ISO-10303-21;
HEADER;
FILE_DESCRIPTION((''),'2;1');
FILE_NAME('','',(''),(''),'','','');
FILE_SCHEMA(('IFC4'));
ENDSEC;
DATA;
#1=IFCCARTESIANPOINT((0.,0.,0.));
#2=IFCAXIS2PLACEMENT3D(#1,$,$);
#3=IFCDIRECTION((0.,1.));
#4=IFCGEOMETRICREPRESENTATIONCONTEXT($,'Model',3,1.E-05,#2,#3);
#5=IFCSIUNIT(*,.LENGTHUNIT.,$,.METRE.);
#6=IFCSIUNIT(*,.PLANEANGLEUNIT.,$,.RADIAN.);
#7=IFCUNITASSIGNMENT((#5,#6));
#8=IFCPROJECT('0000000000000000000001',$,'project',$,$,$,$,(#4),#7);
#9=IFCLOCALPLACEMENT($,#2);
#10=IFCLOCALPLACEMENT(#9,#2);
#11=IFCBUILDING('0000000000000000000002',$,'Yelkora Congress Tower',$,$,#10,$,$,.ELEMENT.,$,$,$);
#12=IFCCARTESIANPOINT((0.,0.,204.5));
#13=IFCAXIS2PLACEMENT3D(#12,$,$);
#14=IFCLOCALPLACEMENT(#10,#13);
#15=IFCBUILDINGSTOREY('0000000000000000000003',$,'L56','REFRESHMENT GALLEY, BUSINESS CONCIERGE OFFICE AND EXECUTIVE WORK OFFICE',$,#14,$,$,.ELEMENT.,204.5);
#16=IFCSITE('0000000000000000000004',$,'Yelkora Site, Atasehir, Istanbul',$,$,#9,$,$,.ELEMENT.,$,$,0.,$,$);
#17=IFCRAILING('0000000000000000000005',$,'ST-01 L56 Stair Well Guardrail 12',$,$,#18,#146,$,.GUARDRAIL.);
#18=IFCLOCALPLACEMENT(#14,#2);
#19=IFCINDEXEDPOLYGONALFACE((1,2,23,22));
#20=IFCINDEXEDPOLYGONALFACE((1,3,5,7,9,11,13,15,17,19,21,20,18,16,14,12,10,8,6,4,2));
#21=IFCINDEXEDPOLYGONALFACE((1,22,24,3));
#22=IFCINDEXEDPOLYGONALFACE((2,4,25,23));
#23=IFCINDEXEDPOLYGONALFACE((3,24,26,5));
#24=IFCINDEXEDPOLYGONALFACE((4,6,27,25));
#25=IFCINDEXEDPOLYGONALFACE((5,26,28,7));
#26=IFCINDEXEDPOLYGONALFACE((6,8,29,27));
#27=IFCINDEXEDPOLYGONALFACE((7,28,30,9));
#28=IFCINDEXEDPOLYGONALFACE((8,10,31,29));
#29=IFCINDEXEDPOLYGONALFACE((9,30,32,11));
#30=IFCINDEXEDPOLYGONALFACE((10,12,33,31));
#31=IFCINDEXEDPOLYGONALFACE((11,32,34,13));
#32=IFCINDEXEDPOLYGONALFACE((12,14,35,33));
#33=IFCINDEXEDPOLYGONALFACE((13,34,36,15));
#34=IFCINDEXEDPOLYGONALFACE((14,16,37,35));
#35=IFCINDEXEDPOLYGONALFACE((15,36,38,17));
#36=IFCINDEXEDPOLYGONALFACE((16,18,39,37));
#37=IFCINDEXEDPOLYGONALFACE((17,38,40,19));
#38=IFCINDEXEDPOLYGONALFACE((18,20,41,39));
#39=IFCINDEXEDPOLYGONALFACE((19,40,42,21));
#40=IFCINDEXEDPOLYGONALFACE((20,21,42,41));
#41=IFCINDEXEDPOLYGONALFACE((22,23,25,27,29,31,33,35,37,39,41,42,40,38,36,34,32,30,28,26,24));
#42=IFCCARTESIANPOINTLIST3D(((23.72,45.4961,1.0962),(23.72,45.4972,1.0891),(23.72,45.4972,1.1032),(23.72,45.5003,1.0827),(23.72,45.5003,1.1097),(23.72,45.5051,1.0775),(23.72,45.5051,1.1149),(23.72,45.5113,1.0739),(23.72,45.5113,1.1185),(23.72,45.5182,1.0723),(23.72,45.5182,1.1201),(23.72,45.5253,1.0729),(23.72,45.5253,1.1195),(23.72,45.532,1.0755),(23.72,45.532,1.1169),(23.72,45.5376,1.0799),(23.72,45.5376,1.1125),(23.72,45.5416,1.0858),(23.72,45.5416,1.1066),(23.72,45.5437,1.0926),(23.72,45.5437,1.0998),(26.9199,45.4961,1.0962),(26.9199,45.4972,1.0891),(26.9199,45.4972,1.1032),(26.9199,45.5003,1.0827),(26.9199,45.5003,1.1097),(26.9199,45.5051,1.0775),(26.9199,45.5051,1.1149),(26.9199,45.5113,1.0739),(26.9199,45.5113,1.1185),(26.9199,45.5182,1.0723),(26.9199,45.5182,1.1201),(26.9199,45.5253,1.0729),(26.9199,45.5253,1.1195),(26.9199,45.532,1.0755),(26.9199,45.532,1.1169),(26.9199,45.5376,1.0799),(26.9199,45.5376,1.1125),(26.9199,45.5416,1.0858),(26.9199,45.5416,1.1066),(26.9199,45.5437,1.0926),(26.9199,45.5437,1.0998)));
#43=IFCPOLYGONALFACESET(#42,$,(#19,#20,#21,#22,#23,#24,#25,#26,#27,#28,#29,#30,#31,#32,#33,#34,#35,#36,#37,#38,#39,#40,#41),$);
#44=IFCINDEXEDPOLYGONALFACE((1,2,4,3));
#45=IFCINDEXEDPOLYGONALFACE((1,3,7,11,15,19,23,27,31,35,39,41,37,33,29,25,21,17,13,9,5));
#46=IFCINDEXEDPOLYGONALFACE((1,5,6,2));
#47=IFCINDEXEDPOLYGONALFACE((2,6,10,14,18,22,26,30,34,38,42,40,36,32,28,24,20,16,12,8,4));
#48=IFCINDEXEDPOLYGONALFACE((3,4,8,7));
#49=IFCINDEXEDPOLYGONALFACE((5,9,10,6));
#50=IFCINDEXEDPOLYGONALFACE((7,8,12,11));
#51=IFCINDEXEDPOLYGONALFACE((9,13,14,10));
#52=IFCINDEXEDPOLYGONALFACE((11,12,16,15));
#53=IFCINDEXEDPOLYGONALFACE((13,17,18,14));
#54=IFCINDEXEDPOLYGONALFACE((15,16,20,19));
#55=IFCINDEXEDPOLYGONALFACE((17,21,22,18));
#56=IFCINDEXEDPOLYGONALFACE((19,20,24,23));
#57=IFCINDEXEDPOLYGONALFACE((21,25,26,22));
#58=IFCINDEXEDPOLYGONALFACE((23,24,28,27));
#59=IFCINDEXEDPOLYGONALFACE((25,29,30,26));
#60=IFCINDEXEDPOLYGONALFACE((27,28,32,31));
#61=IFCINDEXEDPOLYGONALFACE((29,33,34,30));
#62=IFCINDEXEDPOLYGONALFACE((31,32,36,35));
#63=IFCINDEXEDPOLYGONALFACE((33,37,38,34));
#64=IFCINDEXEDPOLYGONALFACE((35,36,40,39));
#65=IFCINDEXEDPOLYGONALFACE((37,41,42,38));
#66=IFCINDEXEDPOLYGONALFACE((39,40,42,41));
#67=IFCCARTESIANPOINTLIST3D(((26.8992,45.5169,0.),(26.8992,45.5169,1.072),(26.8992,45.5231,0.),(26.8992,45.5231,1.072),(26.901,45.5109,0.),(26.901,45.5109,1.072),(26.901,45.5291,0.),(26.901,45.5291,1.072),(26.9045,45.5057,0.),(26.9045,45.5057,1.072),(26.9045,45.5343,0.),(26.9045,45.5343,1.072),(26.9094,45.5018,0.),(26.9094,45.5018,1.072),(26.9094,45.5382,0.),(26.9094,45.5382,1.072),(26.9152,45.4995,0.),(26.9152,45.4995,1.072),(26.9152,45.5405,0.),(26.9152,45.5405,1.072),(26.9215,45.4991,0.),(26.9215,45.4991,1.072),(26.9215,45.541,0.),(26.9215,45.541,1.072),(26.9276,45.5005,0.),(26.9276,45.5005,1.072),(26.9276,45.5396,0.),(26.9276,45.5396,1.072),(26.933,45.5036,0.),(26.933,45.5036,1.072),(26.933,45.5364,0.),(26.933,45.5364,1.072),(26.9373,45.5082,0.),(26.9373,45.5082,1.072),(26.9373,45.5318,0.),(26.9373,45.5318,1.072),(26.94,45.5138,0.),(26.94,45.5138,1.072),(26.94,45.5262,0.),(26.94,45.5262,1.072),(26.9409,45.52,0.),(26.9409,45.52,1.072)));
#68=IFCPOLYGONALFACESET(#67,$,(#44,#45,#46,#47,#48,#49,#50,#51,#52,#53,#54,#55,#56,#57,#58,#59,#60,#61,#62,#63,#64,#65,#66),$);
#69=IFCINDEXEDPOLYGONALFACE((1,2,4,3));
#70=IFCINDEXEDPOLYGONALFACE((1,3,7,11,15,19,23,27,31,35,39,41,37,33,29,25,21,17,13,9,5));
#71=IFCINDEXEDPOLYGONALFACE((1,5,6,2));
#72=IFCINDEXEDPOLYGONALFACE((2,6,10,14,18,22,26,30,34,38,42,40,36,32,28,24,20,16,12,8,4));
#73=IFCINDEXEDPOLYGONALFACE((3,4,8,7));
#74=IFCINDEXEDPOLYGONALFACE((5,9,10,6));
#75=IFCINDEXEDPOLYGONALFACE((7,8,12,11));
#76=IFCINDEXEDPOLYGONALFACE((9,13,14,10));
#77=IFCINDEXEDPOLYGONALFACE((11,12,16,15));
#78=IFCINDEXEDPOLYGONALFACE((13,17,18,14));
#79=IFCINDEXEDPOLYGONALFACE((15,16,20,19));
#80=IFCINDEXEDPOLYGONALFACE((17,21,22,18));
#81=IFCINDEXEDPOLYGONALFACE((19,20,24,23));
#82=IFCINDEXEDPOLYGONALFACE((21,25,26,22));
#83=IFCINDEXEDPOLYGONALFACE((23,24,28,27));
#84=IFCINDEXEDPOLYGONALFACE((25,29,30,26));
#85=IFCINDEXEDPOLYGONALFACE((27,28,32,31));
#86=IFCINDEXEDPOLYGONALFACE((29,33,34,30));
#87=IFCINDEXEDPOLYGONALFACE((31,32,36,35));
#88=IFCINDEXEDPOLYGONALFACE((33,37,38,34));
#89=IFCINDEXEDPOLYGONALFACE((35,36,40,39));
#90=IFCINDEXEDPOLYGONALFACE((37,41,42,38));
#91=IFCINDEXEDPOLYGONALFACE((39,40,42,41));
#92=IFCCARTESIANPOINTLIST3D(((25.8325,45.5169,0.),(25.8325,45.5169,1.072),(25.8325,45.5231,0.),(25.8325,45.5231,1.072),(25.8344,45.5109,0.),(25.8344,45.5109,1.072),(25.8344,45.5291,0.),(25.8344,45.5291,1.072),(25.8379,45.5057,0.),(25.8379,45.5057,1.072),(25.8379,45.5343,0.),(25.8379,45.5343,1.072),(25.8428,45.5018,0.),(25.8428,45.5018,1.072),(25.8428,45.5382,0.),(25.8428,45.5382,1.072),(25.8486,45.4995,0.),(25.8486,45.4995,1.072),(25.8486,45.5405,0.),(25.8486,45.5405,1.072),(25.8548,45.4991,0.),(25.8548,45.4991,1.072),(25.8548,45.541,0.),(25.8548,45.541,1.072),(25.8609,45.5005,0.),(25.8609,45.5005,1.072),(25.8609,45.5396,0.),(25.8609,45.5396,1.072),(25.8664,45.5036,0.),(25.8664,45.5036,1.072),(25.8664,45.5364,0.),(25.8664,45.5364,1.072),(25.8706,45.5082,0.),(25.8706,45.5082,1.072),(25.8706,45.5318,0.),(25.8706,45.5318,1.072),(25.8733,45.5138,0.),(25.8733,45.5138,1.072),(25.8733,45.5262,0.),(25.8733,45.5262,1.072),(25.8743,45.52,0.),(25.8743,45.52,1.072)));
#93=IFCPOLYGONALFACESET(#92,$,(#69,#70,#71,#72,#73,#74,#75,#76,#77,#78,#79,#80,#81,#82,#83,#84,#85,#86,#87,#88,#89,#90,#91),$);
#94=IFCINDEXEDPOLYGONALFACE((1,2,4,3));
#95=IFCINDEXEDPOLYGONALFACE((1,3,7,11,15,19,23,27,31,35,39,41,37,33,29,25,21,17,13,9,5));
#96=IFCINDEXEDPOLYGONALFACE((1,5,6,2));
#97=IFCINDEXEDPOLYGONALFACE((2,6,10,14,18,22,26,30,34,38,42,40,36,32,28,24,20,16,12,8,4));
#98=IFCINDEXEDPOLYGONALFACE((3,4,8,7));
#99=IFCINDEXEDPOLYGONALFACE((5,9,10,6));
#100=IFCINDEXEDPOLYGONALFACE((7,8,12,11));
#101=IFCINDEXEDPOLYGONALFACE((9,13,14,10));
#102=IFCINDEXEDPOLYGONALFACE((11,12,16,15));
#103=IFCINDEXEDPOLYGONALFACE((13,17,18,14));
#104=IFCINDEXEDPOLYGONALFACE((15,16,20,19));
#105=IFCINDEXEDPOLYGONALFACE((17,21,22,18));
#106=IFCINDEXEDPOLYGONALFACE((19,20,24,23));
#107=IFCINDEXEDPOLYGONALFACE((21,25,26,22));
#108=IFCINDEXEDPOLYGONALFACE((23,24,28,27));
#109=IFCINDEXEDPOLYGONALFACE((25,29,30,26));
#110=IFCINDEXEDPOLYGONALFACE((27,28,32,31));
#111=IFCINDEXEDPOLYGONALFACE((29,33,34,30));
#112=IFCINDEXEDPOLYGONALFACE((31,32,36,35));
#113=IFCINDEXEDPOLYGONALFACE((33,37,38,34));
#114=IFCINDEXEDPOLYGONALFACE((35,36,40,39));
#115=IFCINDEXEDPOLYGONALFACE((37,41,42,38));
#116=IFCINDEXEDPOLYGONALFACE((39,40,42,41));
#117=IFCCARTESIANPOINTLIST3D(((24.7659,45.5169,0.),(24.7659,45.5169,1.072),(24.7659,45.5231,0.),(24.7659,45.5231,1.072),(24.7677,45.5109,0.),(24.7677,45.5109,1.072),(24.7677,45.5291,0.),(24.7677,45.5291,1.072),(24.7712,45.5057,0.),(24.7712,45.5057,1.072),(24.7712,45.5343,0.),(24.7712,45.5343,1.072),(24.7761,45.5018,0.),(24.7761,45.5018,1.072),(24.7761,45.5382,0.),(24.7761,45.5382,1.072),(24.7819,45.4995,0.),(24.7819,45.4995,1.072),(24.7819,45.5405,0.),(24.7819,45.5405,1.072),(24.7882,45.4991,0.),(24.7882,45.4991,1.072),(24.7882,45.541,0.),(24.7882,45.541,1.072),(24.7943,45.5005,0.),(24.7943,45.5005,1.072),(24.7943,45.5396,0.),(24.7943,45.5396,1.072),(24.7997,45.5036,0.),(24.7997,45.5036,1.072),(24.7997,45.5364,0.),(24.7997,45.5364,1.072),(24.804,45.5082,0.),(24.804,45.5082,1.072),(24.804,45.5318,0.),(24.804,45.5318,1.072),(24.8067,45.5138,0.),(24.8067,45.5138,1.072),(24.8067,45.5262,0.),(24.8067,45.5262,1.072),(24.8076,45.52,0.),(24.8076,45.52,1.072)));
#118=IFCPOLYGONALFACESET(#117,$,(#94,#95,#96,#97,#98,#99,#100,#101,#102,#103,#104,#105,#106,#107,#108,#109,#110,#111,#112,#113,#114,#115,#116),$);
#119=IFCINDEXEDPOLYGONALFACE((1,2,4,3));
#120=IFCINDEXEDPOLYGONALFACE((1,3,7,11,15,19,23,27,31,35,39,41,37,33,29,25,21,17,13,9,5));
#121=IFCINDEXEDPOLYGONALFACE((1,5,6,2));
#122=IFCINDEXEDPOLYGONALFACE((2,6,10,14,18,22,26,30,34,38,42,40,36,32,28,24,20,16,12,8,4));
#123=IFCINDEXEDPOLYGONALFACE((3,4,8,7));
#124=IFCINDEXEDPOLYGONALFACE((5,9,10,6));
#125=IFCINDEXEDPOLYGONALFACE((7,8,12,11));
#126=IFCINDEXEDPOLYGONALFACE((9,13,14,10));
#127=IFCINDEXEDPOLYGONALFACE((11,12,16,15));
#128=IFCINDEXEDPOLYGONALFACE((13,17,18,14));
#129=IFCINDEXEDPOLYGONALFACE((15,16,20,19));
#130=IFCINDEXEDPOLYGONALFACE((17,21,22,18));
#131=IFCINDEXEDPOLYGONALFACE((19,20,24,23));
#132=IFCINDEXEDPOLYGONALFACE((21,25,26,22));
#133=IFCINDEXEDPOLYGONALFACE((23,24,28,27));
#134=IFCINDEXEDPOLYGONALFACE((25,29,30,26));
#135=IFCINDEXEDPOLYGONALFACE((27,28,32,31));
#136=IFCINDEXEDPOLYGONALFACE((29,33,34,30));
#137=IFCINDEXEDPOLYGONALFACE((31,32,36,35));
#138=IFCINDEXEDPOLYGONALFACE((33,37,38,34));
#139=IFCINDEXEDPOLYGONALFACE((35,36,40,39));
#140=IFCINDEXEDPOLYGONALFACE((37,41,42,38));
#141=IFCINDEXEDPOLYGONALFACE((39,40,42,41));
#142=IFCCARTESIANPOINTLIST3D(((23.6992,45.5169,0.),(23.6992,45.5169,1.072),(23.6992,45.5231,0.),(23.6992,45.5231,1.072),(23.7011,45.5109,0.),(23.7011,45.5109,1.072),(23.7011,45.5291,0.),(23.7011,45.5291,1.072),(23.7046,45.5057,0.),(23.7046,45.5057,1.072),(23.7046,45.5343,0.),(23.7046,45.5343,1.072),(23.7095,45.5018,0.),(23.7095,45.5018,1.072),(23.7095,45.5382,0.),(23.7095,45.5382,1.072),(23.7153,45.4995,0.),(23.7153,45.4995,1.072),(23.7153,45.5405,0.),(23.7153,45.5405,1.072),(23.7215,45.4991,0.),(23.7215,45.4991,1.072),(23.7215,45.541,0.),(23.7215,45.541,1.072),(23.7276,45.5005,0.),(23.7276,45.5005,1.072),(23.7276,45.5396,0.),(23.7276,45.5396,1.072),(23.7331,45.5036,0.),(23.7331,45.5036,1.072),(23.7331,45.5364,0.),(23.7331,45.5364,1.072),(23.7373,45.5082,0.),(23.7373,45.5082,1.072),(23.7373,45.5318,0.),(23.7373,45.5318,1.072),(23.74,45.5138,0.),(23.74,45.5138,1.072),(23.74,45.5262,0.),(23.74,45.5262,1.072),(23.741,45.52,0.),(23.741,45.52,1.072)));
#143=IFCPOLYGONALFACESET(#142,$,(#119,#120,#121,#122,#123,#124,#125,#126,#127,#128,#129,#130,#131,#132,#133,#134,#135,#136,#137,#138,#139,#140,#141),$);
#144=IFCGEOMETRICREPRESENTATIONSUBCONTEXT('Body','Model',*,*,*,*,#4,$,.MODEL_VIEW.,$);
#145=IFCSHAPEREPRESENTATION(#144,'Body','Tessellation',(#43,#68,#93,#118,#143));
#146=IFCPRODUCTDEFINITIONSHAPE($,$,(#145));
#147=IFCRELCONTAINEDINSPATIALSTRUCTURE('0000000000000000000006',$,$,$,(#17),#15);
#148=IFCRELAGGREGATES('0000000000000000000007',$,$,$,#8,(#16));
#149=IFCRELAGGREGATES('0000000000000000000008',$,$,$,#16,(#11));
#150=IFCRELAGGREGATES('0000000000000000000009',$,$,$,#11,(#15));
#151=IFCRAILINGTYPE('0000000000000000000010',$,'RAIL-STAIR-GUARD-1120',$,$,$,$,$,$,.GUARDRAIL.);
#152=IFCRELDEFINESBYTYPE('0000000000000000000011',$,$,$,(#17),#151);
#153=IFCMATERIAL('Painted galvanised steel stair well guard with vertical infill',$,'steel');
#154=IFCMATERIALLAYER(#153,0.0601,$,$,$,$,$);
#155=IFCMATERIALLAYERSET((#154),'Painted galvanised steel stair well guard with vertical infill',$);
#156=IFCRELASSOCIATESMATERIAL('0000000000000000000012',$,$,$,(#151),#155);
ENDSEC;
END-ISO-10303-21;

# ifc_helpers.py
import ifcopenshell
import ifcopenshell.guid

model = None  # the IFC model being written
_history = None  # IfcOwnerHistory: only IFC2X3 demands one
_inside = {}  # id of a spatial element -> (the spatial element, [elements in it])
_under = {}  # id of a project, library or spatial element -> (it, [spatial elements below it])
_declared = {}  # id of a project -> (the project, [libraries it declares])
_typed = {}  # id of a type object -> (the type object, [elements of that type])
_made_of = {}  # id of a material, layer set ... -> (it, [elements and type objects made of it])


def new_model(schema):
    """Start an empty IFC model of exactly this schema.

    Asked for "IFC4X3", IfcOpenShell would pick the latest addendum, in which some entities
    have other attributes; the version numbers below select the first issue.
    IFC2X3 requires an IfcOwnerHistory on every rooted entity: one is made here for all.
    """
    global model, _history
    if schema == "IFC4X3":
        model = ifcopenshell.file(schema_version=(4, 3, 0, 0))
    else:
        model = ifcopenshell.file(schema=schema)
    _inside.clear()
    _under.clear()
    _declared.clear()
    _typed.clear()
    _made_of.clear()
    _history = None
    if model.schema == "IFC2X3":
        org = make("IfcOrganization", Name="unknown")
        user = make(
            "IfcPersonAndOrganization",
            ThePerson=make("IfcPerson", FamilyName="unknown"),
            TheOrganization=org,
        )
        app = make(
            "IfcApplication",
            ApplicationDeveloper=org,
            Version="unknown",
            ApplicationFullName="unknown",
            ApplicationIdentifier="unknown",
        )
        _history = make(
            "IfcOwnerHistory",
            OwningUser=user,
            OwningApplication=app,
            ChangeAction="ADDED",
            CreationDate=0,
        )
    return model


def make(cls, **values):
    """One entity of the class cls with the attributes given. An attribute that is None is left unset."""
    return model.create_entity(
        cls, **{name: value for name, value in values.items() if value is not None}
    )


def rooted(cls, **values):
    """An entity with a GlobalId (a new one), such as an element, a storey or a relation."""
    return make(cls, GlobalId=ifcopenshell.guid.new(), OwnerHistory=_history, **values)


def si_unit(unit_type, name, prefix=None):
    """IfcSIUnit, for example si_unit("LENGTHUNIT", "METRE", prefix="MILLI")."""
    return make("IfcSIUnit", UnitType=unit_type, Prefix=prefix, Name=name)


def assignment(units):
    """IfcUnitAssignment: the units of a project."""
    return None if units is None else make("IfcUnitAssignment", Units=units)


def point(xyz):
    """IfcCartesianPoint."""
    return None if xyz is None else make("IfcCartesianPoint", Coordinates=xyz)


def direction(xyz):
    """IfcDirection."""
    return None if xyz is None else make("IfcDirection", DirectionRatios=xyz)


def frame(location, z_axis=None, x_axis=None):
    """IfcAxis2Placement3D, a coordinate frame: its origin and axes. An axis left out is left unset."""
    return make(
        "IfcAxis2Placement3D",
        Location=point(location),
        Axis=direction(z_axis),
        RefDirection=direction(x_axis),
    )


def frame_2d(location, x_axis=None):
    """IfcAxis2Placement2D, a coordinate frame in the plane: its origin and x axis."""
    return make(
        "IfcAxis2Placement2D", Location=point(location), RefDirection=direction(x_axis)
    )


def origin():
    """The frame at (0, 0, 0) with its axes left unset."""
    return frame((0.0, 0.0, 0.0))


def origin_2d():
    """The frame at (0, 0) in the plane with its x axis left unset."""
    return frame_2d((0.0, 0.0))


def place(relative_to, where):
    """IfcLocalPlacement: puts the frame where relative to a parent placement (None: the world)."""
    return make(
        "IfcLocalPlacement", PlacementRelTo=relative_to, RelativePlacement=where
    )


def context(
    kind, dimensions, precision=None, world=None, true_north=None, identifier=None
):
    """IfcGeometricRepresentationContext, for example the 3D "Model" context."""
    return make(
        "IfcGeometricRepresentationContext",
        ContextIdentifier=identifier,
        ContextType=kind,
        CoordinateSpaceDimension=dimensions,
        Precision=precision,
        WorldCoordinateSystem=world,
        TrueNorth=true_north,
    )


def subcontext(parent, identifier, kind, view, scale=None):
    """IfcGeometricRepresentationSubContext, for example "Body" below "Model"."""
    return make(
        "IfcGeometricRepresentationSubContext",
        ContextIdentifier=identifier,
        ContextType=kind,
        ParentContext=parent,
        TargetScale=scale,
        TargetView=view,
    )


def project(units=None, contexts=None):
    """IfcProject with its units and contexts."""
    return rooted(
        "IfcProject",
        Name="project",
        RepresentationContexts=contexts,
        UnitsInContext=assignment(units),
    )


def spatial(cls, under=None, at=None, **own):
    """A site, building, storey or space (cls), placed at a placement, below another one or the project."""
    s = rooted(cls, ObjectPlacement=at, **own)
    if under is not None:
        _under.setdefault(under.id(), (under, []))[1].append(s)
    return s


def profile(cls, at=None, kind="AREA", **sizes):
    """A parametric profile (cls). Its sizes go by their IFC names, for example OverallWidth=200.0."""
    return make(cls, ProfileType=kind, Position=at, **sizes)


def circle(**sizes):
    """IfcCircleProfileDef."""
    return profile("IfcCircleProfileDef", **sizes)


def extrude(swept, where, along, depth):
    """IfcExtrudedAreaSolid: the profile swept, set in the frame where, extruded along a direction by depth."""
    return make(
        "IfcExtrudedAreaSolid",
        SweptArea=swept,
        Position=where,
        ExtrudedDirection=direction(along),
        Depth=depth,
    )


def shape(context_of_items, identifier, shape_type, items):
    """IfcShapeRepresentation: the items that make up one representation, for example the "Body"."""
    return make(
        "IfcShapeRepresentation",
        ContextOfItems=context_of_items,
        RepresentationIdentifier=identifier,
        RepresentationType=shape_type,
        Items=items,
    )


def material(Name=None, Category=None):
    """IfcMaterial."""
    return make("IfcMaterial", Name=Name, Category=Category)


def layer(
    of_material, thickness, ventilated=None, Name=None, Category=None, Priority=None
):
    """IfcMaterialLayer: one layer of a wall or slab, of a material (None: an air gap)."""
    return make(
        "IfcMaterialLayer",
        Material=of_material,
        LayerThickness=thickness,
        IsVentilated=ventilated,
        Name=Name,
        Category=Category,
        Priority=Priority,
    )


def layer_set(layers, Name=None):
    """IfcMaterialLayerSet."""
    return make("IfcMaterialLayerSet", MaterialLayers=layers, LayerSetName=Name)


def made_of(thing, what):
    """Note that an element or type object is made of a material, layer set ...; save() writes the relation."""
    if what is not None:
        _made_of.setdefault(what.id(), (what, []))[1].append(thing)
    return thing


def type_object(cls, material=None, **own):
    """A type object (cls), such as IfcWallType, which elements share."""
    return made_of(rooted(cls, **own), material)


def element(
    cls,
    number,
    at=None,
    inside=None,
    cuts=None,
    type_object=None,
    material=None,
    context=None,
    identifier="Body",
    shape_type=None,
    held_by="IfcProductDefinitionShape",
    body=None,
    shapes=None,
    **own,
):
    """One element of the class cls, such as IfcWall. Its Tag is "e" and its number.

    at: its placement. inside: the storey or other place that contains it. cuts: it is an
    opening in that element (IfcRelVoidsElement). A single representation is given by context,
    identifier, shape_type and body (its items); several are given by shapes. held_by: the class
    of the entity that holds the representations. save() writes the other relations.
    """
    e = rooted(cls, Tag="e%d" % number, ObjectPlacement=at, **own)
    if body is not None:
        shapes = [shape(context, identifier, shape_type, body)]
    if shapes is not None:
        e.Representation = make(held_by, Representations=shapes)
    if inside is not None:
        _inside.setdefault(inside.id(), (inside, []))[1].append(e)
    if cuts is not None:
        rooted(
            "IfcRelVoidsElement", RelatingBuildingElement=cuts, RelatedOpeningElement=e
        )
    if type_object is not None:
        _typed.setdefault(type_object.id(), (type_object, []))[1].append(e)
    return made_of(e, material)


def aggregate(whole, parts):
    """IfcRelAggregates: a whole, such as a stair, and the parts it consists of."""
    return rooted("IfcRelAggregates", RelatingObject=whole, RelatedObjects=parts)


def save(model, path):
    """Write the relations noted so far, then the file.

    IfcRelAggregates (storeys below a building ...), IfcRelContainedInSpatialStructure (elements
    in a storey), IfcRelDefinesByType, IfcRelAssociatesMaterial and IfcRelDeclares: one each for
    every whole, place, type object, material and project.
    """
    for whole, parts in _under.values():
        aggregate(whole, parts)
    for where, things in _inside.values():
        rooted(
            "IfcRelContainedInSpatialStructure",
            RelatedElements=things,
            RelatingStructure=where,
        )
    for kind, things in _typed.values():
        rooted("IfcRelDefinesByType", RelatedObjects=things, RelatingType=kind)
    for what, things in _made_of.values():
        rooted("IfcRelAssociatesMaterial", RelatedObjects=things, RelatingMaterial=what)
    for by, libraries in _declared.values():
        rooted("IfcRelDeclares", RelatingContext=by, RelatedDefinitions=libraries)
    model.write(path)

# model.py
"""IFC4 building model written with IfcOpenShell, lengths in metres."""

from ifc_helpers import new_model, si_unit, direction, frame, origin, origin_2d, place, context, subcontext, project, spatial, circle, extrude, material, layer, layer_set, type_object, element, save


model = new_model("IFC4")

# Units and contexts
model_context = context("Model", 3, precision=1e-05, world=origin(), true_north=direction((0.0, 1.0)))
body_context = subcontext(model_context, "Body", "Model", "MODEL_VIEW")
ifc_project = project(units=[si_unit("LENGTHUNIT", "METRE"), si_unit("PLANEANGLEUNIT", "RADIAN")], contexts=[model_context])

# Site, building, storey
site_placement = place(None, origin())
site = spatial("IfcSite", under=ifc_project, at=site_placement, Name="Yelkora Site, Atasehir, Istanbul", CompositionType="ELEMENT", RefElevation=0.0)
building_placement = place(site_placement, origin())
building = spatial("IfcBuilding", under=site, at=building_placement, Name="Yelkora Congress Tower", CompositionType="ELEMENT")
storey_placement = place(building_placement, frame((0.0, 0.0, 204.5)))
storey = spatial("IfcBuildingStorey", under=building, at=storey_placement, Name="L56", Description="REFRESHMENT GALLEY, BUSINESS CONCIERGE OFFICE AND EXECUTIVE WORK OFFICE", CompositionType="ELEMENT", Elevation=204.5)

# Railing
ifc_material_1 = material(Name="Painted galvanised steel stair well guard with vertical infill", Category="steel")
ifc_layer_1 = layer(ifc_material_1, 0.0601)
ifc_layer_set_1 = layer_set([ifc_layer_1], Name="Painted galvanised steel stair well guard with vertical infill")
railing_type_1 = type_object("IfcRailingType", Name="RAIL-STAIR-GUARD-1120", PredefinedType="GUARDRAIL", material=ifc_layer_set_1)
railing_1_placement = place(storey_placement, frame((26.9199, 45.52, 0.0)))
element("IfcRailing", 1, at=railing_1_placement, inside=storey, type_object=railing_type_1, Name="ST-01 L56 Stair Well Guardrail 12", PredefinedType="GUARDRAIL", context=body_context, shape_type="SweptSolid", body=[
    extrude(circle(Radius=0.0239, at=origin_2d()), frame((0.0, 0.0, 1.0962), z_axis=(-1.0, 0.0, 0.0), x_axis=(0.0, -1.0, 0.0)), (0.0, 0.0, 1.0), 3.2),
    extrude(circle(Radius=0.021, at=origin_2d()), origin(), (0.0, 0.0, 1.0), 1.072),
    extrude(circle(Radius=0.021, at=origin_2d()), frame((-1.0667, 0.0, 0.0)), (0.0, 0.0, 1.0), 1.072),
    extrude(circle(Radius=0.021, at=origin_2d()), frame((-2.1333, 0.0, 0.0)), (0.0, 0.0, 1.0), 1.072),
    extrude(circle(Radius=0.021, at=origin_2d()), frame((-3.2, 0.0, 0.0)), (0.0, 0.0, 1.0), 1.072),
])

save(model, "model.ifc")
